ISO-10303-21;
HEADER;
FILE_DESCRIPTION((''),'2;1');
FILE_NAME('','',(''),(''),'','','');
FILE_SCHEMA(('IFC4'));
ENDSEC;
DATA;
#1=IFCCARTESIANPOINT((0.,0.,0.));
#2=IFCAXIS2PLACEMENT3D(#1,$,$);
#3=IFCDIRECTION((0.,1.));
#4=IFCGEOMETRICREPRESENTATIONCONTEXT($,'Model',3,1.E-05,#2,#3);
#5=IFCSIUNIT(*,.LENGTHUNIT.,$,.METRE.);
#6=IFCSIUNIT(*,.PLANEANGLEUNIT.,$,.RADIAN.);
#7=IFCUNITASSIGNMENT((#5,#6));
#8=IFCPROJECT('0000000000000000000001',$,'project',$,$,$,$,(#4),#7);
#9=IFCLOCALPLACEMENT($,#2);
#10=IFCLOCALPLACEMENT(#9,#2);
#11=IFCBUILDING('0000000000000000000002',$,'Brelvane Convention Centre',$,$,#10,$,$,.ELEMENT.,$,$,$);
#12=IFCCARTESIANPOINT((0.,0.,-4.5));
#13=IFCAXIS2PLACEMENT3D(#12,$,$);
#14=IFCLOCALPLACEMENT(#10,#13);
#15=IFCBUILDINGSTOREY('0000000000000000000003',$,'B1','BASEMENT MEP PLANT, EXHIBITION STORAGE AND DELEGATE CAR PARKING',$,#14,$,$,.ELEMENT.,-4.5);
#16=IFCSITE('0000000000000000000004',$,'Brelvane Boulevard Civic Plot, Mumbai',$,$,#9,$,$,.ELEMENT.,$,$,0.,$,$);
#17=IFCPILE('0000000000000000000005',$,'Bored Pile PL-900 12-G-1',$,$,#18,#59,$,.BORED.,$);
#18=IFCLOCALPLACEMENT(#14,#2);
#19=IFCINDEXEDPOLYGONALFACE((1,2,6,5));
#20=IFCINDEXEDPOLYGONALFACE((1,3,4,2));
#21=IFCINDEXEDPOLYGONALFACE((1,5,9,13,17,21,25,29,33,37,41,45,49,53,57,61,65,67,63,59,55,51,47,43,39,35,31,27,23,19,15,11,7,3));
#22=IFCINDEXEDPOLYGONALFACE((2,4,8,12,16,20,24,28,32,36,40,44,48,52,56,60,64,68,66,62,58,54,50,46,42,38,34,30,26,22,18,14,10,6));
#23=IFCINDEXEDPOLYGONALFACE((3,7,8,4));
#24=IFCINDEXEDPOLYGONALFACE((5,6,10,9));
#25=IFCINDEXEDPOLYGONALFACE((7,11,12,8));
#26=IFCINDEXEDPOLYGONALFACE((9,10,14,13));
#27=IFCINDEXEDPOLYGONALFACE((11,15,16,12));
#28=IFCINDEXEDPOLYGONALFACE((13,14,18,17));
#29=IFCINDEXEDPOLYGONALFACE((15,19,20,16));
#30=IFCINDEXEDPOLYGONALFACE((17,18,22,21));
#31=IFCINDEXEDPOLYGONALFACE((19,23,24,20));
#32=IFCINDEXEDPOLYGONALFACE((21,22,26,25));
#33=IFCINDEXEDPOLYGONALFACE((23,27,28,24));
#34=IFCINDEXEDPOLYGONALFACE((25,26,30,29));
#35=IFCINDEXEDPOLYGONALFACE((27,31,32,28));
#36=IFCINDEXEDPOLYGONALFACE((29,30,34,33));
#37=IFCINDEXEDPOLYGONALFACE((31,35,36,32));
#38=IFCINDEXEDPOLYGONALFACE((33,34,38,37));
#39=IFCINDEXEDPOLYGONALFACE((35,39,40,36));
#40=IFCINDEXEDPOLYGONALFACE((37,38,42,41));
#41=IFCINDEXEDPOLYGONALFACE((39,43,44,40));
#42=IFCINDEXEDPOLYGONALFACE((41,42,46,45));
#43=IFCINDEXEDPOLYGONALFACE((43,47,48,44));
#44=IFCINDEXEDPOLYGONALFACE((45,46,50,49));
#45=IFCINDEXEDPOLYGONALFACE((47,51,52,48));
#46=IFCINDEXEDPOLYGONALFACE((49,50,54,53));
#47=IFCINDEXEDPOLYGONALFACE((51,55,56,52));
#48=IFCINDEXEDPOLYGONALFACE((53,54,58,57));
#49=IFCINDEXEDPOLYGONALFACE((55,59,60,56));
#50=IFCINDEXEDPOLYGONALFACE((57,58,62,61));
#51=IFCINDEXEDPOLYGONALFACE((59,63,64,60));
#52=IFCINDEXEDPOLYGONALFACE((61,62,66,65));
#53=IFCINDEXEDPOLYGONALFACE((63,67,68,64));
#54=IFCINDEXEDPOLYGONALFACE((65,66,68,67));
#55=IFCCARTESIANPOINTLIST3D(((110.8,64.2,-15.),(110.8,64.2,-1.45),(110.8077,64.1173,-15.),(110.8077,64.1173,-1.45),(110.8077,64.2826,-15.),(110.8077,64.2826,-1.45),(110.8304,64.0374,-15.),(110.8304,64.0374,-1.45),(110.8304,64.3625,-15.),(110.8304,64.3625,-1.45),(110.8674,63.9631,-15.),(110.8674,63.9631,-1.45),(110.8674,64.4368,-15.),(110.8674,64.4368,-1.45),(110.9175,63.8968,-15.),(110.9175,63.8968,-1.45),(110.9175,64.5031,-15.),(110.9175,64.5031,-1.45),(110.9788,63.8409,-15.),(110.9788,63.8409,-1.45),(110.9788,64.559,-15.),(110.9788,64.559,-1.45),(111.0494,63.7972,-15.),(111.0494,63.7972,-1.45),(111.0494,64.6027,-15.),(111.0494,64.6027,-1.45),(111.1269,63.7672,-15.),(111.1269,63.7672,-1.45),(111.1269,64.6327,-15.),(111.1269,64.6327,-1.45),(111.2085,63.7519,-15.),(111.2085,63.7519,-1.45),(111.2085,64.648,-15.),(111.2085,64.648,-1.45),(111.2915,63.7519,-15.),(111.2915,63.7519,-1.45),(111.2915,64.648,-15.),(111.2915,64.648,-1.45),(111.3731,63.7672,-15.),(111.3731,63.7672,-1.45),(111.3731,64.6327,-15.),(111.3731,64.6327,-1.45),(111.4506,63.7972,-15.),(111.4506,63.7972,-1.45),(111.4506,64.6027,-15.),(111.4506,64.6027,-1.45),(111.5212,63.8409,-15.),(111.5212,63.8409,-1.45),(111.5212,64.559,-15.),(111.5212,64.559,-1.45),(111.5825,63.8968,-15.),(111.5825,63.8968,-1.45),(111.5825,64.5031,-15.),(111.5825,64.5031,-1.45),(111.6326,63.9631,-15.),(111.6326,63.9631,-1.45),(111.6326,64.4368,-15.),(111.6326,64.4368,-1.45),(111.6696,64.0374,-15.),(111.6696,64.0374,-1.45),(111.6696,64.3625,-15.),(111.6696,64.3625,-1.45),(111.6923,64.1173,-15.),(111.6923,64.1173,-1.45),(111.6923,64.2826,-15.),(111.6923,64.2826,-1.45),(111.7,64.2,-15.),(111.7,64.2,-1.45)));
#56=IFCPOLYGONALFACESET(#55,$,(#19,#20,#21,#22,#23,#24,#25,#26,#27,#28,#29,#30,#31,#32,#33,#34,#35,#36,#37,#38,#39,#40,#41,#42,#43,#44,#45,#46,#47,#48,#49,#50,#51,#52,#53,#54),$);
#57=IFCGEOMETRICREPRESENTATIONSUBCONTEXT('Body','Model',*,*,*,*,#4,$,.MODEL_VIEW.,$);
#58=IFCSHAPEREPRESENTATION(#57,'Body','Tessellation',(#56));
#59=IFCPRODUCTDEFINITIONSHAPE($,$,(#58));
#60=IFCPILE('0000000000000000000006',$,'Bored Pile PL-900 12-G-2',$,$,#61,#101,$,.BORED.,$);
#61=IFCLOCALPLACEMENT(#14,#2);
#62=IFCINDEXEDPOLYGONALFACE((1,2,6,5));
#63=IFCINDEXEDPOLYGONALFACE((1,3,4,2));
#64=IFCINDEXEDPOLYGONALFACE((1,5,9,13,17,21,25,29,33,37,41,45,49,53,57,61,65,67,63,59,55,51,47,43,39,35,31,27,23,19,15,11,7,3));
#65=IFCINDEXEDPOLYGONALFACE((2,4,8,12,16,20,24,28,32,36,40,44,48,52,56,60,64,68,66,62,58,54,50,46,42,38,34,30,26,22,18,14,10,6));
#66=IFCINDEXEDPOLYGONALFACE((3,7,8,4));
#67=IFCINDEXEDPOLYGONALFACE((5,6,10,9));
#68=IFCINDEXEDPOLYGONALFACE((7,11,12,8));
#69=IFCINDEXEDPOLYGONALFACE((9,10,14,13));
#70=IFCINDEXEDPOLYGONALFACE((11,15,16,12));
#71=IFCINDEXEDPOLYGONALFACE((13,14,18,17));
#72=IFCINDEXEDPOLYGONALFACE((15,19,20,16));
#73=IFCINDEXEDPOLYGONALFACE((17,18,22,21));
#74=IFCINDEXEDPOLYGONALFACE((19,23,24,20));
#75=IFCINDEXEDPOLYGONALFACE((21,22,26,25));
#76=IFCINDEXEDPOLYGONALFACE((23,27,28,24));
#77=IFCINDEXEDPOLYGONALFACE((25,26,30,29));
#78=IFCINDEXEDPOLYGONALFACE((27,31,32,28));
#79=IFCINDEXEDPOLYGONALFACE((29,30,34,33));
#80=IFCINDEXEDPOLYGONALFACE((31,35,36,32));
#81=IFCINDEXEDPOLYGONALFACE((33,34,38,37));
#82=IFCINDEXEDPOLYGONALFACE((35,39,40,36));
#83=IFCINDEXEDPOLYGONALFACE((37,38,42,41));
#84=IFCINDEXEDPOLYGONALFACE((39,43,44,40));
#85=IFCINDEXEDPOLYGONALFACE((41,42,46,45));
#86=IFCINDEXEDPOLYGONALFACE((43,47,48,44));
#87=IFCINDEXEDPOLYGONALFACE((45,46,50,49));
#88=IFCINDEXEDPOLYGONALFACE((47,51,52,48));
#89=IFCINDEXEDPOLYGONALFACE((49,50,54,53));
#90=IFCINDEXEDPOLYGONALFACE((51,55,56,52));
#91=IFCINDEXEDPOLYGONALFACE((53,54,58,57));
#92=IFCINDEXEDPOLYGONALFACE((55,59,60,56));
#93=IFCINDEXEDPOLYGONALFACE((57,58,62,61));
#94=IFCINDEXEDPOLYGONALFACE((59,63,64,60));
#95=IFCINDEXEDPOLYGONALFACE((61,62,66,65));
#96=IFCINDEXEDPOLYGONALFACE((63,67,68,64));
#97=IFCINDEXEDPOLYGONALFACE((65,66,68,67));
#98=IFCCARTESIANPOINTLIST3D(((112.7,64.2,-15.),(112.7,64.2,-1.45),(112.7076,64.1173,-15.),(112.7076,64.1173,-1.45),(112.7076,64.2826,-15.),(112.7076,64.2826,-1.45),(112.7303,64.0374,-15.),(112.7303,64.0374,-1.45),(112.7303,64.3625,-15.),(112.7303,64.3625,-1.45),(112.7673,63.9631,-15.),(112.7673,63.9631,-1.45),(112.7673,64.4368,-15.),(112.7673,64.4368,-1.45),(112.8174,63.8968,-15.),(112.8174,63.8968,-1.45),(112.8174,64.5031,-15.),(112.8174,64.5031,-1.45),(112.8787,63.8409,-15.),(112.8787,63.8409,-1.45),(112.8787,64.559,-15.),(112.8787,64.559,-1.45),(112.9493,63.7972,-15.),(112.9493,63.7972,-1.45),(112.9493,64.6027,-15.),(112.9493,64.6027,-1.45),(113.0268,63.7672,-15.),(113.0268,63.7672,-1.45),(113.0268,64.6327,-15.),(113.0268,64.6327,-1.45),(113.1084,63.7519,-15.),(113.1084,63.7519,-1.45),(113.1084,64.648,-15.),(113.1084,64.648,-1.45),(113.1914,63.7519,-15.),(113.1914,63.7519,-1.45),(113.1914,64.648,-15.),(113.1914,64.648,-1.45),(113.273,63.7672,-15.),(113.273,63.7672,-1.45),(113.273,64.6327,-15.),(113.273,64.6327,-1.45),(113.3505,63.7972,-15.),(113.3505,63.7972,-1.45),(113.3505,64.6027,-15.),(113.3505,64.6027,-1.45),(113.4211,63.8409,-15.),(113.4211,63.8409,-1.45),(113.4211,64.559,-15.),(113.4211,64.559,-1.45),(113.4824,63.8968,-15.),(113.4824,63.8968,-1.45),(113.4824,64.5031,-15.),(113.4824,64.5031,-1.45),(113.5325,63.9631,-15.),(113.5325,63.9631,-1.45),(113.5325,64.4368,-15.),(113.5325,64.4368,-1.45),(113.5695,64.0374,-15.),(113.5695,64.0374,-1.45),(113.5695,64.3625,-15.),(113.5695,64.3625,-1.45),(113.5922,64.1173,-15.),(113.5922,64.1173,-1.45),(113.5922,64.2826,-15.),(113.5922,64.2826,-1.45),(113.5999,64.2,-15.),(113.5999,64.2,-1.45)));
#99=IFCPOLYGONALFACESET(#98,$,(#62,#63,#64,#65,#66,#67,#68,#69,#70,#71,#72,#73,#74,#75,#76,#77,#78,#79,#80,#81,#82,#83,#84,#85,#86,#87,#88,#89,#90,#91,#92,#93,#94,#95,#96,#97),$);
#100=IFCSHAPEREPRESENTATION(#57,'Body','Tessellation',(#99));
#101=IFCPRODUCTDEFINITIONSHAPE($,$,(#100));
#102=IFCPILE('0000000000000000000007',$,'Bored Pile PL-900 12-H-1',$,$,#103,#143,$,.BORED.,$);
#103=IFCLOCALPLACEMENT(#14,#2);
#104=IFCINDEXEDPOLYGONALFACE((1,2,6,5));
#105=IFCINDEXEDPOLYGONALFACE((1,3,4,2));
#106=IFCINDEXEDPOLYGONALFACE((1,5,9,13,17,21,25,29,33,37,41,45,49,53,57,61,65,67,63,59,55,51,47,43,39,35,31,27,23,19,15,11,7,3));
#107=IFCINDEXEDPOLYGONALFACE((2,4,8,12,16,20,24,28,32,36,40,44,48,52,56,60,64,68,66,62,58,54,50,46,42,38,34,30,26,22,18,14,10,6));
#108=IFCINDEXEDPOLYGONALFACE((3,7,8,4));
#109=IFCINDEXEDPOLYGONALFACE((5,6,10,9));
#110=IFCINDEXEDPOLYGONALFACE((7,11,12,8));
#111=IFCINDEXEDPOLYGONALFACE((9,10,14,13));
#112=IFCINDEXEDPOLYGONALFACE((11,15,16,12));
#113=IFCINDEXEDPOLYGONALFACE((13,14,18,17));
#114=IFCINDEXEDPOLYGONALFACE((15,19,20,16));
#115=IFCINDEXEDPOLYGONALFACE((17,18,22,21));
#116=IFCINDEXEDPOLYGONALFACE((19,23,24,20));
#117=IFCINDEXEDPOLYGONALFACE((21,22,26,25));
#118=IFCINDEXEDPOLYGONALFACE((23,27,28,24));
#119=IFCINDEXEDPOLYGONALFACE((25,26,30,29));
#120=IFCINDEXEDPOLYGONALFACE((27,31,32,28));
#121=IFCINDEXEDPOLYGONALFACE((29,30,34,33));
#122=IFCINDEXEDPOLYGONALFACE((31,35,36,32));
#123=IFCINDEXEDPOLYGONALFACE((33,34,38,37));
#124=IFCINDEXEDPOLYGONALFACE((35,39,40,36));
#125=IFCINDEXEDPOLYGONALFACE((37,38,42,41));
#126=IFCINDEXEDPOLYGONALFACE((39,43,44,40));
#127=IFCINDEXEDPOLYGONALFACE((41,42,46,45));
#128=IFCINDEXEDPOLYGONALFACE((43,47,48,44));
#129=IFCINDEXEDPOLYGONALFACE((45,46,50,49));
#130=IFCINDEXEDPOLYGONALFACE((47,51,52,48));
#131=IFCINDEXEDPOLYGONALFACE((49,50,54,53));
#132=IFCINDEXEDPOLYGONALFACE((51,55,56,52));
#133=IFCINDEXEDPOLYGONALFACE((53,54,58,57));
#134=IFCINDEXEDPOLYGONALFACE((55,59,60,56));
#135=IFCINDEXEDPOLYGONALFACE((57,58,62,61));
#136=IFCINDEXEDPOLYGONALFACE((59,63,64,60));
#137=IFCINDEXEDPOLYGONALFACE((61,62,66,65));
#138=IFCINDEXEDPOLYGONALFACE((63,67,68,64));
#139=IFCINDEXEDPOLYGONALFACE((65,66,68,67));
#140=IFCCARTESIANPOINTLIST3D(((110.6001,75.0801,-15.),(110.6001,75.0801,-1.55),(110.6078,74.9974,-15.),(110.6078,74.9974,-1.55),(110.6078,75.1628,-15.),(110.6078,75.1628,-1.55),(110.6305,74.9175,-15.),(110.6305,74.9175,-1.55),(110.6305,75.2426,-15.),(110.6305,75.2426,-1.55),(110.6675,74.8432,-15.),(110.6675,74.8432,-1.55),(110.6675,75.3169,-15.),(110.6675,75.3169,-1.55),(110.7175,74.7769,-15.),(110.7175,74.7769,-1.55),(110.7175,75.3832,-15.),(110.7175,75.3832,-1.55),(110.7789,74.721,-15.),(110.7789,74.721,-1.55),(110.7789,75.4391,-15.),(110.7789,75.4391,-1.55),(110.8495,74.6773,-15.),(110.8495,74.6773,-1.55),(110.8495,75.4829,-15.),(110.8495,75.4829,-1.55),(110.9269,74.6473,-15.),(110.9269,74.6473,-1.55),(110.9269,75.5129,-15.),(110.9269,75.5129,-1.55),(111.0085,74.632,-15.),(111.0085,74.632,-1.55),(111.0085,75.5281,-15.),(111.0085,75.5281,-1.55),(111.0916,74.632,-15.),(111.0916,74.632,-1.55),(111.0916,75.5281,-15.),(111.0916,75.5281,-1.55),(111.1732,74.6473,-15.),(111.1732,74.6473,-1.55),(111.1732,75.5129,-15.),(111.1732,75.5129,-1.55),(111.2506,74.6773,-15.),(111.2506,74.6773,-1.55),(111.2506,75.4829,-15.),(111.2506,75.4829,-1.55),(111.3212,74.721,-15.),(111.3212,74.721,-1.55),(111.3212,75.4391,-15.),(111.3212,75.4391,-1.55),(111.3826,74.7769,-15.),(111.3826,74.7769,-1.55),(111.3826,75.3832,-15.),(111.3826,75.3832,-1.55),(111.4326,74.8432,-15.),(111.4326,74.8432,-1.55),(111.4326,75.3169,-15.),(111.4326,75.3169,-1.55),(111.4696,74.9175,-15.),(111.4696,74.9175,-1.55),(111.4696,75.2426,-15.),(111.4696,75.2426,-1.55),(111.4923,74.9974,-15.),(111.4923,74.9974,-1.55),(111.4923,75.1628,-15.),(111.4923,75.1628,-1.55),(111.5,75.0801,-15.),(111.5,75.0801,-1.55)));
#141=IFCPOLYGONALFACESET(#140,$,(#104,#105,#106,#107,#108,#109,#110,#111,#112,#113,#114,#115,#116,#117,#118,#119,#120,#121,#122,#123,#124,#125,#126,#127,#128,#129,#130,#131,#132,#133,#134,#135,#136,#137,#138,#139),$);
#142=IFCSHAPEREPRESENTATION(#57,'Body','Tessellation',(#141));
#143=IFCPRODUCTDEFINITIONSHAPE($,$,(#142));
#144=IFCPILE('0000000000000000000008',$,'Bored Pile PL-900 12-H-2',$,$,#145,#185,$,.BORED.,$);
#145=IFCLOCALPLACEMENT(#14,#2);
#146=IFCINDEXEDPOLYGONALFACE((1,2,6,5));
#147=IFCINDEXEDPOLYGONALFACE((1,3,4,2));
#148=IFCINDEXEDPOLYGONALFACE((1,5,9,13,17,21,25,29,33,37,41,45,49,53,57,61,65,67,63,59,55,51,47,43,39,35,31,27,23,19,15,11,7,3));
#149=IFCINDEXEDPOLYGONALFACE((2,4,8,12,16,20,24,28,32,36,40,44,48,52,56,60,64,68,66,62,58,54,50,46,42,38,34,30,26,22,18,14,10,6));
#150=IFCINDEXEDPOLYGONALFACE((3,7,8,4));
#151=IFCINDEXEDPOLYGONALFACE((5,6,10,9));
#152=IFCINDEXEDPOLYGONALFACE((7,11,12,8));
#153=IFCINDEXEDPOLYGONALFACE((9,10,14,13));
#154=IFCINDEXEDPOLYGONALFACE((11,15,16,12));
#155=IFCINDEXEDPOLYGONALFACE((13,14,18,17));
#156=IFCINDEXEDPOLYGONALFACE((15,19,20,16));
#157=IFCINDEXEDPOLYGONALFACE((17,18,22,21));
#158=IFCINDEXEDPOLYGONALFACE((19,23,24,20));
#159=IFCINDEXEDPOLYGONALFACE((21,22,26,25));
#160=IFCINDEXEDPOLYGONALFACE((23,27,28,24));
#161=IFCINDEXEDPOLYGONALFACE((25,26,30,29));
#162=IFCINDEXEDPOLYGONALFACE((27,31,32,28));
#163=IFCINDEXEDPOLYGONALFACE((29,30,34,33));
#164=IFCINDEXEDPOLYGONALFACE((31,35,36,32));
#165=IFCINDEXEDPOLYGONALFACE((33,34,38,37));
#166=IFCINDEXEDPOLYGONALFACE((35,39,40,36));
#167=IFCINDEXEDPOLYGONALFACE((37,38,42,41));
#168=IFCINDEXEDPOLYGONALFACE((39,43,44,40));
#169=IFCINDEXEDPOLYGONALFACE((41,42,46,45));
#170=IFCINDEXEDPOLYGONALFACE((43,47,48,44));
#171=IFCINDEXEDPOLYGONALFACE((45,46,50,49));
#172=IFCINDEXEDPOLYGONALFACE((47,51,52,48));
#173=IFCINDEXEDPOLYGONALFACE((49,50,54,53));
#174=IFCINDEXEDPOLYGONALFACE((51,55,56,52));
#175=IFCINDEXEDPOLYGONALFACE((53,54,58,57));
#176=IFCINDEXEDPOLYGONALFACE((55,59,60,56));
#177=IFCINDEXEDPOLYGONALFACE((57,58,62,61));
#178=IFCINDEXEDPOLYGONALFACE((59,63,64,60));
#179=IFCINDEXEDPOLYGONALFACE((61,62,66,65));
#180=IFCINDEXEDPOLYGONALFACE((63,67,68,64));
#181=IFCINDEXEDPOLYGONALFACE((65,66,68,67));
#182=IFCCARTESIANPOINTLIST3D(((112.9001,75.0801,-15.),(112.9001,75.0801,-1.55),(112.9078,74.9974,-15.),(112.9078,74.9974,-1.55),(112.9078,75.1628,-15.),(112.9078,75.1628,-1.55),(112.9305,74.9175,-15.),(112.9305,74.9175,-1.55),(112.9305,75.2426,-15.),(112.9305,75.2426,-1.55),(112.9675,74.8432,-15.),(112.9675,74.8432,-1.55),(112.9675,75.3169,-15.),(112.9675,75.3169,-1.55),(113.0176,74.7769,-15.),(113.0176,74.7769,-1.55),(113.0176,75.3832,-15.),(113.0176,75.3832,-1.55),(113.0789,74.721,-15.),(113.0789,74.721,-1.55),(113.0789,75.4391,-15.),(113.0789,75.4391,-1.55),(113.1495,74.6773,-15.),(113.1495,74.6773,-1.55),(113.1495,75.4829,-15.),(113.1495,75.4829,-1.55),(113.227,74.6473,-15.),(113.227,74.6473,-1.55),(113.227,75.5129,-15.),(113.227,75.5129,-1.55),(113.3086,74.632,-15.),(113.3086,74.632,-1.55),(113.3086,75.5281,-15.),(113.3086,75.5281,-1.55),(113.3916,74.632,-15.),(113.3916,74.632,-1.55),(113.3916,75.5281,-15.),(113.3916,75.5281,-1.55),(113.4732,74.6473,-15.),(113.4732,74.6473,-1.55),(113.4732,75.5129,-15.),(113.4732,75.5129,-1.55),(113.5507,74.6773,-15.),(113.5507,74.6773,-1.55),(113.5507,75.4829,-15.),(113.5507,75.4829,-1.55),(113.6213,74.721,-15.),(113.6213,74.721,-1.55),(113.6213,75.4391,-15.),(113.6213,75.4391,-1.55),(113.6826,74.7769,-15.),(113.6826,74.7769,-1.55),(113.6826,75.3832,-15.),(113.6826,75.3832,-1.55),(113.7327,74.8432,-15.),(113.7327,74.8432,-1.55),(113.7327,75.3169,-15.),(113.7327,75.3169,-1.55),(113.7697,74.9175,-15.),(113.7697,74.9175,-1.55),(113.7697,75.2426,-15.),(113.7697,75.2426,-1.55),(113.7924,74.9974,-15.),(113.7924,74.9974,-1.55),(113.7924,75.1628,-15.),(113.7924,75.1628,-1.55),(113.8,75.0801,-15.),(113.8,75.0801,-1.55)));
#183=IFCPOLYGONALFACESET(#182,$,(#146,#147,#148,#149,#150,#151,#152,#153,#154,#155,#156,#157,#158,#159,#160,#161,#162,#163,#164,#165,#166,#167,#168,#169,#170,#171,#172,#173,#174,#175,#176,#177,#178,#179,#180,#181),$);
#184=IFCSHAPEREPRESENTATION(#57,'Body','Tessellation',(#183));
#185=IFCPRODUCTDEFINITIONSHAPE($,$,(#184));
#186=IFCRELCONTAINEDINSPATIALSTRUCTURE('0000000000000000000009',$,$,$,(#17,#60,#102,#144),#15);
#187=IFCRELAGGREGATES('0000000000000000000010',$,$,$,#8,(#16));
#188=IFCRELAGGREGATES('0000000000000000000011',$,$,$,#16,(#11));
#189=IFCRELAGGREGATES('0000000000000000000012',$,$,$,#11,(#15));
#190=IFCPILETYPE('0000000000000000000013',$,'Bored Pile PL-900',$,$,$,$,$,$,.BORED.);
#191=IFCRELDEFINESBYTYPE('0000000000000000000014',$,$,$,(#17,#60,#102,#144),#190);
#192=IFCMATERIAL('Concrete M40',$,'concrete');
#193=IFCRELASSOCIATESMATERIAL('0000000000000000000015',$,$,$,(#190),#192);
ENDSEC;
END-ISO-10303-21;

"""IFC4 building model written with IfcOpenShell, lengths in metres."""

from ifc_helpers import new_model, si_unit, direction, frame, origin, origin_2d, place, context, subcontext, project, spatial, circle, extrude, material, material_profile, profile_set, type_object, element, save


model = new_model("IFC4")

# Units and contexts
model_context = context("Model", 3, precision=1e-05, world=origin(), true_north=direction((0.0, 1.0)))
body_context = subcontext(model_context, "Body", "Model", "MODEL_VIEW")
ifc_project = project(units=[si_unit("LENGTHUNIT", "METRE"), si_unit("PLANEANGLEUNIT", "RADIAN")], contexts=[model_context])

# Site, building, storey
site_placement = place(None, origin())
site = spatial("IfcSite", under=ifc_project, at=site_placement, Name="Brelvane Boulevard Civic Plot, Mumbai", CompositionType="ELEMENT", RefElevation=0.0)
building_placement = place(site_placement, origin())
building = spatial("IfcBuilding", under=site, at=building_placement, Name="Brelvane Convention Centre", CompositionType="ELEMENT")
storey_placement = place(building_placement, frame((0.0, 0.0, -4.5)))
storey = spatial("IfcBuildingStorey", under=building, at=storey_placement, Name="B1", Description="BASEMENT MEP PLANT, EXHIBITION STORAGE AND DELEGATE CAR PARKING", CompositionType="ELEMENT", Elevation=-4.5)

# Piles
ifc_material_1 = material(Name="Concrete M40", Category="concrete")
ifc_material_profile_1 = material_profile(ifc_material_1, circle(Radius=0.45, at=origin_2d()), Name="PILE D900")
ifc_profile_set_1 = profile_set([ifc_material_profile_1], Name="Concrete M40")
pile_type = type_object("IfcPileType", Name="Bored Pile PL-900", PredefinedType="BORED", material=ifc_profile_set_1)
for number, where, z_axis, x_axis, name in (
    (1, (111.25, 64.2, -1.45), (0.0, 0.0, -1.0), (1.0, 0.0, 0.0), "Bored Pile PL-900 12-G-1"),
    (2, (113.1499, 64.2, -1.45), (0.0, 0.0, -1.0), (1.0, 0.0, 0.0), "Bored Pile PL-900 12-G-2"),
):
    element("IfcPile", number, at=place(storey_placement, frame(where, z_axis=z_axis, x_axis=x_axis)), inside=storey, type_object=pile_type, Name=name, PredefinedType="BORED", context=body_context, shape_type="SweptSolid", body=[
        extrude(circle(Radius=0.45, at=origin_2d()), origin(), (0.0, 0.0, 1.0), 13.55),
    ])
for number, where, z_axis, x_axis, name in (
    (3, (111.05, 75.0801, -1.55), (0.0, 0.0, -1.0), (1.0, 0.0, 0.0), "Bored Pile PL-900 12-H-1"),
    (4, (113.3501, 75.0801, -1.55), (0.0, 0.0, -1.0), (1.0, 0.0, 0.0), "Bored Pile PL-900 12-H-2"),
):
    element("IfcPile", number, at=place(storey_placement, frame(where, z_axis=z_axis, x_axis=x_axis)), inside=storey, type_object=pile_type, Name=name, PredefinedType="BORED", context=body_context, shape_type="SweptSolid", body=[
        extrude(circle(Radius=0.45, at=origin_2d()), origin(), (0.0, 0.0, 1.0), 13.45),
    ])

save(model, "model.ifc")
